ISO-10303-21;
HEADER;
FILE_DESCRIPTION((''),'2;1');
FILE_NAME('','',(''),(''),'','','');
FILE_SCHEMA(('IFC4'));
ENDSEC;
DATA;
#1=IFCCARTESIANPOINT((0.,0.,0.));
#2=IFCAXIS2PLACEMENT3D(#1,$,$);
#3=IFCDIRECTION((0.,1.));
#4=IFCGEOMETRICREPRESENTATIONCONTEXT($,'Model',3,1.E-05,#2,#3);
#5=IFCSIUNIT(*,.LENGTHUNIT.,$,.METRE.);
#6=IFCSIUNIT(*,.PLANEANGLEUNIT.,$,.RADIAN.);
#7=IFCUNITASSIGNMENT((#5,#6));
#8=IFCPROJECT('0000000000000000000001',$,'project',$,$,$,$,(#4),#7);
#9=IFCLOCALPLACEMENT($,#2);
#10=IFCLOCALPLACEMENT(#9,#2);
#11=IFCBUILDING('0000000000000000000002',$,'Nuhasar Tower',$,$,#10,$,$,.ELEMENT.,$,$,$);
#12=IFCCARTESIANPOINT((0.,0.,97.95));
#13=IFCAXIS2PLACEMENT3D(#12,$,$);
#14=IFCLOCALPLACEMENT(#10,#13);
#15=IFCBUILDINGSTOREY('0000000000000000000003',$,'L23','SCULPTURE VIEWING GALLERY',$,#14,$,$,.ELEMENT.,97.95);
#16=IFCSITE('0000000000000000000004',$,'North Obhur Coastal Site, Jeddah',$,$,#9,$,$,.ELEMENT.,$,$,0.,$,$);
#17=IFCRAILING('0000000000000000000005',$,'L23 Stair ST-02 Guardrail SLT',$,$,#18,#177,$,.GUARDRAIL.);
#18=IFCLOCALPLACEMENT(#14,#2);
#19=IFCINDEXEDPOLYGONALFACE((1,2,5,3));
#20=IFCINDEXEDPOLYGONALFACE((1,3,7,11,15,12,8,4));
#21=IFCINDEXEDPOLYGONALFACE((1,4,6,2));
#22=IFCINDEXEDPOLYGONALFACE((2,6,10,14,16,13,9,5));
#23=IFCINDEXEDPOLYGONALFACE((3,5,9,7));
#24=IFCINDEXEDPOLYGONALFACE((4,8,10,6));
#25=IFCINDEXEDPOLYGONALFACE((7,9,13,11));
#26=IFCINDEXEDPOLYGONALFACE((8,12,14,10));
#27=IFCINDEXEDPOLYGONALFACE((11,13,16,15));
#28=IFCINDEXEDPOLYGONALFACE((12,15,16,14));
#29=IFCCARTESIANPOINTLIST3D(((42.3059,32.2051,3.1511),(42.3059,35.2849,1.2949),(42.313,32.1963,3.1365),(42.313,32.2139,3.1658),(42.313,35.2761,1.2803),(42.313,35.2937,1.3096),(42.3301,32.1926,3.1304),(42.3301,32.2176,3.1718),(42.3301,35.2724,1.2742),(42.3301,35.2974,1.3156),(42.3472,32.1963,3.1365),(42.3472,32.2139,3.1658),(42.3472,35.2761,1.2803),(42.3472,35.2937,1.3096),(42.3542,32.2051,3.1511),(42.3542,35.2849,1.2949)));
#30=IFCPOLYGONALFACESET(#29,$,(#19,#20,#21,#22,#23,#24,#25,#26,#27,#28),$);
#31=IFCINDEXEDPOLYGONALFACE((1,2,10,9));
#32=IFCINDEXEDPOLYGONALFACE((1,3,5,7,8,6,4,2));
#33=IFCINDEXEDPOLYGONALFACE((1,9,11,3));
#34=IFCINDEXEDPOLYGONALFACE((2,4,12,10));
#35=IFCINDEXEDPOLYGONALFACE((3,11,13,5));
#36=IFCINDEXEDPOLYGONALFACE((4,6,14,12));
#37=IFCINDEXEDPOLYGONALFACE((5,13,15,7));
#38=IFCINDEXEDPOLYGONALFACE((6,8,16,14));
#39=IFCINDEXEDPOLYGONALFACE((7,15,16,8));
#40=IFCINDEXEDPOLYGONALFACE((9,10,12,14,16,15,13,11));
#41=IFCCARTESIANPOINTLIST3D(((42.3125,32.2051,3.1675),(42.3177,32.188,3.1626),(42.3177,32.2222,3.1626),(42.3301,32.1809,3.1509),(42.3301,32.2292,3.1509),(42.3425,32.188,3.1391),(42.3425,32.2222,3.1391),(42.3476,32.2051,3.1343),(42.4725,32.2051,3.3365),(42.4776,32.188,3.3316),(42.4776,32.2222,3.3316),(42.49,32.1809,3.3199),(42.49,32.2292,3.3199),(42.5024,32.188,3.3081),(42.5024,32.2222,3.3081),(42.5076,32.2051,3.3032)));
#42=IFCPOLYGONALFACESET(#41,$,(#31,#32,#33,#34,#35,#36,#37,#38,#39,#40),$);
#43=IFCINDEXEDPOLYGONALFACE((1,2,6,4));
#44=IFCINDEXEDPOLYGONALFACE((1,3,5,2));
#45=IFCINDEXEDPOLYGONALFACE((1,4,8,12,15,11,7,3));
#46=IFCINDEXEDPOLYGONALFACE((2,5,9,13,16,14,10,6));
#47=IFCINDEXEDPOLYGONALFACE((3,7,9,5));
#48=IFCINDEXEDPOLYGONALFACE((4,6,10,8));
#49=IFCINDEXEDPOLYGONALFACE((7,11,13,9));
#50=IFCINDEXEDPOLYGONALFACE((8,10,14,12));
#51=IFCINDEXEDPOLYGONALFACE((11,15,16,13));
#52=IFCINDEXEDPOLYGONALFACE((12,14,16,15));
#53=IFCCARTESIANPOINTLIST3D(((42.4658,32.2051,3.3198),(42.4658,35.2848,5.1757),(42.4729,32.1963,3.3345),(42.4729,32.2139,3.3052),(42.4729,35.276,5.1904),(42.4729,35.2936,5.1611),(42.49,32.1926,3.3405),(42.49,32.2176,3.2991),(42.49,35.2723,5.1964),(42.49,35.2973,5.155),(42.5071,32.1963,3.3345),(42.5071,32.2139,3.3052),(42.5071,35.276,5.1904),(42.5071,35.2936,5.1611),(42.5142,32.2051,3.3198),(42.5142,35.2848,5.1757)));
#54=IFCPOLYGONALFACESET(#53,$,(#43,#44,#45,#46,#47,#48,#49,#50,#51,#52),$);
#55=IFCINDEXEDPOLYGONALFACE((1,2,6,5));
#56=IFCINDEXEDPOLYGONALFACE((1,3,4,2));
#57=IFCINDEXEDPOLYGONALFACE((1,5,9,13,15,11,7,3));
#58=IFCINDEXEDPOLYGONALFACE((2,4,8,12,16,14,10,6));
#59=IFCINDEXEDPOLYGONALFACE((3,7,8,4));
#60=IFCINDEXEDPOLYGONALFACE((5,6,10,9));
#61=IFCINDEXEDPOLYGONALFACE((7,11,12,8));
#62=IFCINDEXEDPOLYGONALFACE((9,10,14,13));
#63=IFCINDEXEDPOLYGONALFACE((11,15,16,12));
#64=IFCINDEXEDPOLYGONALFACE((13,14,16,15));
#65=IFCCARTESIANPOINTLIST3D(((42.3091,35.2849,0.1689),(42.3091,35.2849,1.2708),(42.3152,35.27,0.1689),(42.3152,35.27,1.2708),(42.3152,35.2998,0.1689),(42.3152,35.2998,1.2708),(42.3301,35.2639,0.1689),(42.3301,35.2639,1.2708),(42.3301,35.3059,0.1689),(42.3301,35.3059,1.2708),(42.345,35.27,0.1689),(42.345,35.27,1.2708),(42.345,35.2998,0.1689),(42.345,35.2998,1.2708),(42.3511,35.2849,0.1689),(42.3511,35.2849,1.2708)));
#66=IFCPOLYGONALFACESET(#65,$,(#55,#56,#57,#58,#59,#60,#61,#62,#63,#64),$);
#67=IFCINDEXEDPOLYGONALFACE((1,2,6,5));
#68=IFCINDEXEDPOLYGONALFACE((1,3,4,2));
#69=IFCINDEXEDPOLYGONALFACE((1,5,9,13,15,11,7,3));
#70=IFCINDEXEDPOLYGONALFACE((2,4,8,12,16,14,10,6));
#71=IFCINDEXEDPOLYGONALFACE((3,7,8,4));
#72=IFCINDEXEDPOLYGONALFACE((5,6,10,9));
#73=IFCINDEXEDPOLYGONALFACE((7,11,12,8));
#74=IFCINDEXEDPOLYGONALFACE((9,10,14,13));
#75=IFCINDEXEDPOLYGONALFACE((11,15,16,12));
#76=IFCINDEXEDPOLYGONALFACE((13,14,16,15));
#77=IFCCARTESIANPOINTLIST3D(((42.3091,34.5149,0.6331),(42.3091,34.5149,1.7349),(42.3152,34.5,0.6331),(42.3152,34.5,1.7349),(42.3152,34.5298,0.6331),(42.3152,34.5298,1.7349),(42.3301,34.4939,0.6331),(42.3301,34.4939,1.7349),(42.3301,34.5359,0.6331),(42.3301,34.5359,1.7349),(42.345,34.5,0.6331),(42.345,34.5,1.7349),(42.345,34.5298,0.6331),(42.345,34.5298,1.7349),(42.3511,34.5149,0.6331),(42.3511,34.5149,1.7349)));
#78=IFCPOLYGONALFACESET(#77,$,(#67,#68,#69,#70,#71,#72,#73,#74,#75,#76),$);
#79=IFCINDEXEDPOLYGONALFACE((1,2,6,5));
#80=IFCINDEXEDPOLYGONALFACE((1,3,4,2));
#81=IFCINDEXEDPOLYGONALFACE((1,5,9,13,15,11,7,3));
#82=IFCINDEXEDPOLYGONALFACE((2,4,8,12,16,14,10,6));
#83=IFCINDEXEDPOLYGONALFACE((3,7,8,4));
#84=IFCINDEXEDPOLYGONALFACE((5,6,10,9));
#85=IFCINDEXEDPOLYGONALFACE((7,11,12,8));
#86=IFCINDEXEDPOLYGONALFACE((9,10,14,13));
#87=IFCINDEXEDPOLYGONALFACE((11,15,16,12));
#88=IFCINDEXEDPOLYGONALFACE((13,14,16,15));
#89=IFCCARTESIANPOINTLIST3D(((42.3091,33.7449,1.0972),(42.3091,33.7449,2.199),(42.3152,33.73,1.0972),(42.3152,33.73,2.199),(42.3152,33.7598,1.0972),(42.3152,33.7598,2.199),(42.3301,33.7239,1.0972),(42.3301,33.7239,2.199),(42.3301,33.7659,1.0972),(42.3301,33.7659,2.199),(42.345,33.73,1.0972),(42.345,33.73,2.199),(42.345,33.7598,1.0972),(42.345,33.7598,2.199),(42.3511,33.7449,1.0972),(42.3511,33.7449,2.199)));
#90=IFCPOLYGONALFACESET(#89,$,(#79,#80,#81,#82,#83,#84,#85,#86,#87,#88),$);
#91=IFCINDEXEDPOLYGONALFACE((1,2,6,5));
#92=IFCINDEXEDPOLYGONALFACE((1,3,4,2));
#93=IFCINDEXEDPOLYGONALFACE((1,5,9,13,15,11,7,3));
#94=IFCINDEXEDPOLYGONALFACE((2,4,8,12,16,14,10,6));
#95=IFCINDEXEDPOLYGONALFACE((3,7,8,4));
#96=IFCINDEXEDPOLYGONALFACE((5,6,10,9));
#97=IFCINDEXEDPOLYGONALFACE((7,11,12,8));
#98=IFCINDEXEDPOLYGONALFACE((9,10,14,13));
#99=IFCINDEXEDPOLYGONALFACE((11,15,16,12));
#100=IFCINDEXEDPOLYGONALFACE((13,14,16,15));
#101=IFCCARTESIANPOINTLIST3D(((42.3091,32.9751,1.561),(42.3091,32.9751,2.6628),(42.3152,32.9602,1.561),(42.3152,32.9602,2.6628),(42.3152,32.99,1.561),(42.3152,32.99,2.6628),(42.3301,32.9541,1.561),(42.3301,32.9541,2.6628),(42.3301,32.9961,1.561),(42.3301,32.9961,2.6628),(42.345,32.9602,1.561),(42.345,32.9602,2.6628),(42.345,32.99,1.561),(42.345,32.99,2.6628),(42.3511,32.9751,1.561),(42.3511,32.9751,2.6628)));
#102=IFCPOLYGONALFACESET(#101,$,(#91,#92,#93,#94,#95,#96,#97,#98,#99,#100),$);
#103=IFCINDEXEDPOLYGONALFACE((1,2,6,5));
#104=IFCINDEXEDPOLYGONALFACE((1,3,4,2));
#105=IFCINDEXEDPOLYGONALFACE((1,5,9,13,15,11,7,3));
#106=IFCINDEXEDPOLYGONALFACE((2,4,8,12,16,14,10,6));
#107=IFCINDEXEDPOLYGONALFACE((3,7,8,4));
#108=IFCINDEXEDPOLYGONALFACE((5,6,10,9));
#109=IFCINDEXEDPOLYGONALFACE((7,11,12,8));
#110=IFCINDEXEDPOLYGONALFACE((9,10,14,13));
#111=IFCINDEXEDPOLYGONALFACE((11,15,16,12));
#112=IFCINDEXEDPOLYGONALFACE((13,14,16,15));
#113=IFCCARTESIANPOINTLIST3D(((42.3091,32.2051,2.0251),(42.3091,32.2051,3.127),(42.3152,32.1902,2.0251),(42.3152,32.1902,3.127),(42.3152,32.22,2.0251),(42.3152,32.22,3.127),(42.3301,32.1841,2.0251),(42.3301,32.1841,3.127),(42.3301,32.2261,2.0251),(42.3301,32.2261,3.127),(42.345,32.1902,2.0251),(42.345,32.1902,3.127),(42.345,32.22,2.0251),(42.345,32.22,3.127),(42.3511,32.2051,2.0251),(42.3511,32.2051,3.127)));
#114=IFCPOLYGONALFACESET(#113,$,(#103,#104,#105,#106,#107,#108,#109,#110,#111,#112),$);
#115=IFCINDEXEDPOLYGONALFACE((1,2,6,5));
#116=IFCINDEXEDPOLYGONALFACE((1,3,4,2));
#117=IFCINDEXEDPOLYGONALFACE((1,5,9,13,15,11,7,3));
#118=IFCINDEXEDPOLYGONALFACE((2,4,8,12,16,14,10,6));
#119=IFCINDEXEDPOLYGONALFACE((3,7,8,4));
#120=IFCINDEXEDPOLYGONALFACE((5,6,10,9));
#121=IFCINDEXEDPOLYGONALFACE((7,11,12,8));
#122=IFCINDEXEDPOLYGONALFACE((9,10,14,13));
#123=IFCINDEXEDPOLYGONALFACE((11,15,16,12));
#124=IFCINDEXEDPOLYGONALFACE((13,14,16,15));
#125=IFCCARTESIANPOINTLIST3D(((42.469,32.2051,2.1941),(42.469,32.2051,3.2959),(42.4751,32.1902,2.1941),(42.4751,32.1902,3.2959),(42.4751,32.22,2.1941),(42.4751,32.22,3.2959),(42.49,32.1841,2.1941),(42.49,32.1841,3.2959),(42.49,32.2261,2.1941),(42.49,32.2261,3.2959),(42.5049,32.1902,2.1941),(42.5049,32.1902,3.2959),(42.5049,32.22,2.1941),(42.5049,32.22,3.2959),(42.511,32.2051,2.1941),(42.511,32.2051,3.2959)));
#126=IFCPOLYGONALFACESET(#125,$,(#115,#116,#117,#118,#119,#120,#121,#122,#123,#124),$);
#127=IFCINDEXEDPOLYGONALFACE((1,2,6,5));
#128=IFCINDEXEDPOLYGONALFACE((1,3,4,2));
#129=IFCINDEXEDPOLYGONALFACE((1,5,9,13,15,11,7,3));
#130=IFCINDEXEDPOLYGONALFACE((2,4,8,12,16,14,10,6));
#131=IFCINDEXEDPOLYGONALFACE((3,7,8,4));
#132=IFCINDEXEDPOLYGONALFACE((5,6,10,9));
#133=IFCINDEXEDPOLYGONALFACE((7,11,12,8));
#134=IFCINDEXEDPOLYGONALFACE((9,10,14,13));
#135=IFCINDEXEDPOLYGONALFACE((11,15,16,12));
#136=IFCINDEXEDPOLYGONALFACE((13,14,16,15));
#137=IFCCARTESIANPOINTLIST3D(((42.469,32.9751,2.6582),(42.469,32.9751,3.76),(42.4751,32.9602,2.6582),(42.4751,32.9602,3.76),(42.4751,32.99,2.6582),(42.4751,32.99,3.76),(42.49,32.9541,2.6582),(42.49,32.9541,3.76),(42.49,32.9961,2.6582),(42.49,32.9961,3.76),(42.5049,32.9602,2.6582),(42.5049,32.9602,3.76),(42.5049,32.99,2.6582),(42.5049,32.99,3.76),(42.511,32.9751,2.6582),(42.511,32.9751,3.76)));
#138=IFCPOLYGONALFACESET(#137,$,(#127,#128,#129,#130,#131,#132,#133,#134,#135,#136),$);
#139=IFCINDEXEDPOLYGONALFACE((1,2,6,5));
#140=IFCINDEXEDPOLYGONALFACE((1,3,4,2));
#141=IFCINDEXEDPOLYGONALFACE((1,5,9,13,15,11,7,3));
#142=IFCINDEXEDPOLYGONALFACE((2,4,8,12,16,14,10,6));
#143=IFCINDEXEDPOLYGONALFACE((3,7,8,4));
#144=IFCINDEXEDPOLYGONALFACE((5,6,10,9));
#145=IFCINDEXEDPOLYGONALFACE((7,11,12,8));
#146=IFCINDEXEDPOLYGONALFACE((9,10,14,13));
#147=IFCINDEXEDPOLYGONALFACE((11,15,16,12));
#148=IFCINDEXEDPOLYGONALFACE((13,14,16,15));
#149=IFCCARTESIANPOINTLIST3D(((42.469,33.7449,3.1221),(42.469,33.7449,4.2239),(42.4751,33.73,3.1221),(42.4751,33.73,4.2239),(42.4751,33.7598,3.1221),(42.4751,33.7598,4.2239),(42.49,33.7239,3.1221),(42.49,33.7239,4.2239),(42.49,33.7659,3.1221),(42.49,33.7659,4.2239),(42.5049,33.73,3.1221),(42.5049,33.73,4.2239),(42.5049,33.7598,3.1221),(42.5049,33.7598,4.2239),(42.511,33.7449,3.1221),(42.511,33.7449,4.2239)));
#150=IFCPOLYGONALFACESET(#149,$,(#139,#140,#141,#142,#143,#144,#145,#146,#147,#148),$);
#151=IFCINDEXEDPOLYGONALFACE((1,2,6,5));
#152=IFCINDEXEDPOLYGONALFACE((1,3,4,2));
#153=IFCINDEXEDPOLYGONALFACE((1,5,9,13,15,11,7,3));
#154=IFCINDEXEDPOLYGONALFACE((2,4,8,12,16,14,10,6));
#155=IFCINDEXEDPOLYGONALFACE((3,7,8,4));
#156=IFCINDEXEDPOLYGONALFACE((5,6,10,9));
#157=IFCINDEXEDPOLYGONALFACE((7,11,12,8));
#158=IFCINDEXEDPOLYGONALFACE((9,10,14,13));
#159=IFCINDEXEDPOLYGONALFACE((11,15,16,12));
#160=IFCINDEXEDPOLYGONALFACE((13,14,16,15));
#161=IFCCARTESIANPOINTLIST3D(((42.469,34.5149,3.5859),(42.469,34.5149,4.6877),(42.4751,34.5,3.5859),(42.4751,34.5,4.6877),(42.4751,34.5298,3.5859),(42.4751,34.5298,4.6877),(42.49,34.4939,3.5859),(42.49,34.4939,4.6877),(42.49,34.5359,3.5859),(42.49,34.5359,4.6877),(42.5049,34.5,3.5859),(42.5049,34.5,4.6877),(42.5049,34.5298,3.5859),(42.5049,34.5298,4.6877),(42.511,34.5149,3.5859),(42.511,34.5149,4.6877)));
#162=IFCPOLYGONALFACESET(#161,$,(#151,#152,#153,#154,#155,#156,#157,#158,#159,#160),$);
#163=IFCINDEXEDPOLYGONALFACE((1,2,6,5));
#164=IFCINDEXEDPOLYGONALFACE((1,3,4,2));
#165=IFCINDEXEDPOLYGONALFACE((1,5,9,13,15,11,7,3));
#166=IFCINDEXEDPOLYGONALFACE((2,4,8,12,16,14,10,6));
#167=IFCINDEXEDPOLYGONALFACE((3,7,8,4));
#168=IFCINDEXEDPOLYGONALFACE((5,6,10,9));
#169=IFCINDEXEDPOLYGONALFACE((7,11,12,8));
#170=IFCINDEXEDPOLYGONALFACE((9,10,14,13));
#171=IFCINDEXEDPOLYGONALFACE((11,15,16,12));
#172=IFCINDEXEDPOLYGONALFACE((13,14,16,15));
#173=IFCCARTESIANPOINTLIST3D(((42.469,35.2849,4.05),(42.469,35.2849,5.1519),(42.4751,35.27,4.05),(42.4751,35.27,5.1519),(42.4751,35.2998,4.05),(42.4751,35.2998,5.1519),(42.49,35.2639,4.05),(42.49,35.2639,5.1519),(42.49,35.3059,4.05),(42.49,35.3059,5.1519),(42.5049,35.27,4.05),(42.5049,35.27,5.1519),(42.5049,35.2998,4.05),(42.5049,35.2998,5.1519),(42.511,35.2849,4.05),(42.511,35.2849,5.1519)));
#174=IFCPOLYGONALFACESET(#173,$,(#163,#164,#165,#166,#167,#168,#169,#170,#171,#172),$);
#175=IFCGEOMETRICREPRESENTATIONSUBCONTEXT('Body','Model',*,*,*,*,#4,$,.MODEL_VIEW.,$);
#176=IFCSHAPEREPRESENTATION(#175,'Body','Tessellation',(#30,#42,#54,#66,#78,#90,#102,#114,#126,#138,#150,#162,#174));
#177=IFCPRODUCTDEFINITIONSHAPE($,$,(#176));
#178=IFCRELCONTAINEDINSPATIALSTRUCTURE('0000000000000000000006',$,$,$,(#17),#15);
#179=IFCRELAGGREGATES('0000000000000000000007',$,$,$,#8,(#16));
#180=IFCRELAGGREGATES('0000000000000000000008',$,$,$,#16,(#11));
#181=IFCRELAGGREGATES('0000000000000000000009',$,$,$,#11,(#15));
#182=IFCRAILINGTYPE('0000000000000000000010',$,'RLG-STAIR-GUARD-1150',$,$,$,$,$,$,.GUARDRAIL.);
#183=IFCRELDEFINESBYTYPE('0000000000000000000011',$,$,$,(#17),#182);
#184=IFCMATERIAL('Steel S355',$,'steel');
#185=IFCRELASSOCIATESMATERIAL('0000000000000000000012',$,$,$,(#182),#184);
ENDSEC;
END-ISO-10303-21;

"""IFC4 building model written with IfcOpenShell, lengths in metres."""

from ifc_helpers import new_model, si_unit, direction, frame, origin, place, context, subcontext, project, spatial, polyline, outline, extrude, material, type_object, element, save


model = new_model("IFC4")

# Units and contexts
model_context = context("Model", 3, precision=1e-05, world=origin(), true_north=direction((0.0, 1.0)))
body_context = subcontext(model_context, "Body", "Model", "MODEL_VIEW")
ifc_project = project(units=[si_unit("LENGTHUNIT", "METRE"), si_unit("PLANEANGLEUNIT", "RADIAN")], contexts=[model_context])

# Site, building, storey
site_placement = place(None, origin())
site = spatial("IfcSite", under=ifc_project, at=site_placement, Name="North Obhur Coastal Site, Jeddah", CompositionType="ELEMENT", RefElevation=0.0)
building_placement = place(site_placement, origin())
building = spatial("IfcBuilding", under=site, at=building_placement, Name="Nuhasar Tower", CompositionType="ELEMENT")
storey_placement = place(building_placement, frame((0.0, 0.0, 97.95)))
storey = spatial("IfcBuildingStorey", under=building, at=storey_placement, Name="L23", Description="SCULPTURE VIEWING GALLERY", CompositionType="ELEMENT", Elevation=97.95)

# Shared definitions
ifc_material_1 = material(Name="Steel S355", Category="steel")

# Railing
railing_type_1 = type_object("IfcRailingType", Name="RLG-STAIR-GUARD-1150", PredefinedType="GUARDRAIL", material=ifc_material_1)
railing_1_placement = place(storey_placement, frame((42.3301, 35.2849, 0.1689)))
element("IfcRailing", 1, at=railing_1_placement, inside=storey, type_object=railing_type_1, Name="L23 Stair ST-02 Guardrail SLT", PredefinedType="GUARDRAIL", context=body_context, shape_type="SweptSolid", body=[
    extrude(outline(polyline([(0.0242, 0.0), (0.0171, 0.0171), (0.0, 0.0242), (-0.0171, 0.0171), (-0.0242, 0.0), (-0.0171, -0.0171), (0.0, -0.0242), (0.0171, -0.0171), (0.0242, 0.0)])), frame((0.0, 0.0, 1.126), z_axis=(0.0, -0.856473, 0.516192), x_axis=(1.0, 0.0, 0.0)), (0.0, 0.0, 1.0), 3.5959),
    extrude(outline(polyline([(0.0242, 0.0), (0.0171, 0.0171), (0.0, 0.0242), (-0.0171, 0.0171), (-0.0242, 0.0), (-0.0171, -0.0171), (0.0, -0.0242), (0.0171, -0.0171), (0.0242, 0.0)])), frame((0.0, -3.0798, 2.9819), z_axis=(0.687424, 0.0, 0.726256), x_axis=(0.0, 1.0, 0.0)), (0.0, 0.0, 1.0), 0.2327),
    extrude(outline(polyline([(0.0242, 0.0), (0.0171, 0.0171), (0.0, 0.0242), (-0.0171, 0.0171), (-0.0242, 0.0), (-0.0171, -0.0171), (0.0, -0.0242), (0.0171, -0.0171), (0.0242, 0.0)])), frame((0.1599, -3.0798, 3.1509), z_axis=(0.0, 0.856503, 0.516142), x_axis=(-1.0, 0.0, 0.0)), (0.0, 0.0, 1.0), 3.5957),
    extrude(outline(polyline([(0.021, 0.0), (0.0149, 0.0149), (0.0, 0.021), (-0.0149, 0.0149), (-0.021, 0.0), (-0.0149, -0.0149), (0.0, -0.021), (0.0149, -0.0149), (0.021, 0.0)])), origin(), (0.0, 0.0, 1.0), 1.1018),
    extrude(outline(polyline([(0.021, 0.0), (0.0149, 0.0149), (0.0, 0.021), (-0.0149, 0.0149), (-0.021, 0.0), (-0.0149, -0.0149), (0.0, -0.021), (0.0149, -0.0149), (0.021, 0.0)])), frame((0.0, -0.77, 0.4641)), (0.0, 0.0, 1.0), 1.1018),
    extrude(outline(polyline([(0.021, 0.0), (0.0149, 0.0149), (0.0, 0.021), (-0.0149, 0.0149), (-0.021, 0.0), (-0.0149, -0.0149), (0.0, -0.021), (0.0149, -0.0149), (0.021, 0.0)])), frame((0.0, -1.54, 0.9282)), (0.0, 0.0, 1.0), 1.1018),
    extrude(outline(polyline([(0.021, 0.0), (0.0149, 0.0149), (0.0, 0.021), (-0.0149, 0.0149), (-0.021, 0.0), (-0.0149, -0.0149), (0.0, -0.021), (0.0149, -0.0149), (0.021, 0.0)])), frame((0.0, -2.3098, 1.3921)), (0.0, 0.0, 1.0), 1.1018),
    extrude(outline(polyline([(0.021, 0.0), (0.0149, 0.0149), (0.0, 0.021), (-0.0149, 0.0149), (-0.021, 0.0), (-0.0149, -0.0149), (0.0, -0.021), (0.0149, -0.0149), (0.021, 0.0)])), frame((0.0, -3.0798, 1.8562)), (0.0, 0.0, 1.0), 1.1018),
    extrude(outline(polyline([(0.021, 0.0), (0.0149, 0.0149), (0.0, 0.021), (-0.0149, 0.0149), (-0.021, 0.0), (-0.0149, -0.0149), (0.0, -0.021), (0.0149, -0.0149), (0.021, 0.0)])), frame((0.1599, -3.0798, 2.0251)), (0.0, 0.0, 1.0), 1.1018),
    extrude(outline(polyline([(0.021, 0.0), (0.0149, 0.0149), (0.0, 0.021), (-0.0149, 0.0149), (-0.021, 0.0), (-0.0149, -0.0149), (0.0, -0.021), (0.0149, -0.0149), (0.021, 0.0)])), frame((0.1599, -2.3098, 2.4893)), (0.0, 0.0, 1.0), 1.1018),
    extrude(outline(polyline([(0.021, 0.0), (0.0149, 0.0149), (0.0, 0.021), (-0.0149, 0.0149), (-0.021, 0.0), (-0.0149, -0.0149), (0.0, -0.021), (0.0149, -0.0149), (0.021, 0.0)])), frame((0.1599, -1.54, 2.9531)), (0.0, 0.0, 1.0), 1.1018),
    extrude(outline(polyline([(0.021, 0.0), (0.0149, 0.0149), (0.0, 0.021), (-0.0149, 0.0149), (-0.021, 0.0), (-0.0149, -0.0149), (0.0, -0.021), (0.0149, -0.0149), (0.021, 0.0)])), frame((0.1599, -0.77, 3.417)), (0.0, 0.0, 1.0), 1.1018),
    extrude(outline(polyline([(0.021, 0.0), (0.0149, 0.0149), (0.0, 0.021), (-0.0149, 0.0149), (-0.021, 0.0), (-0.0149, -0.0149), (0.0, -0.021), (0.0149, -0.0149), (0.021, 0.0)])), frame((0.1599, 0.0, 3.8811)), (0.0, 0.0, 1.0), 1.1018),
])

save(model, "model.ifc")
